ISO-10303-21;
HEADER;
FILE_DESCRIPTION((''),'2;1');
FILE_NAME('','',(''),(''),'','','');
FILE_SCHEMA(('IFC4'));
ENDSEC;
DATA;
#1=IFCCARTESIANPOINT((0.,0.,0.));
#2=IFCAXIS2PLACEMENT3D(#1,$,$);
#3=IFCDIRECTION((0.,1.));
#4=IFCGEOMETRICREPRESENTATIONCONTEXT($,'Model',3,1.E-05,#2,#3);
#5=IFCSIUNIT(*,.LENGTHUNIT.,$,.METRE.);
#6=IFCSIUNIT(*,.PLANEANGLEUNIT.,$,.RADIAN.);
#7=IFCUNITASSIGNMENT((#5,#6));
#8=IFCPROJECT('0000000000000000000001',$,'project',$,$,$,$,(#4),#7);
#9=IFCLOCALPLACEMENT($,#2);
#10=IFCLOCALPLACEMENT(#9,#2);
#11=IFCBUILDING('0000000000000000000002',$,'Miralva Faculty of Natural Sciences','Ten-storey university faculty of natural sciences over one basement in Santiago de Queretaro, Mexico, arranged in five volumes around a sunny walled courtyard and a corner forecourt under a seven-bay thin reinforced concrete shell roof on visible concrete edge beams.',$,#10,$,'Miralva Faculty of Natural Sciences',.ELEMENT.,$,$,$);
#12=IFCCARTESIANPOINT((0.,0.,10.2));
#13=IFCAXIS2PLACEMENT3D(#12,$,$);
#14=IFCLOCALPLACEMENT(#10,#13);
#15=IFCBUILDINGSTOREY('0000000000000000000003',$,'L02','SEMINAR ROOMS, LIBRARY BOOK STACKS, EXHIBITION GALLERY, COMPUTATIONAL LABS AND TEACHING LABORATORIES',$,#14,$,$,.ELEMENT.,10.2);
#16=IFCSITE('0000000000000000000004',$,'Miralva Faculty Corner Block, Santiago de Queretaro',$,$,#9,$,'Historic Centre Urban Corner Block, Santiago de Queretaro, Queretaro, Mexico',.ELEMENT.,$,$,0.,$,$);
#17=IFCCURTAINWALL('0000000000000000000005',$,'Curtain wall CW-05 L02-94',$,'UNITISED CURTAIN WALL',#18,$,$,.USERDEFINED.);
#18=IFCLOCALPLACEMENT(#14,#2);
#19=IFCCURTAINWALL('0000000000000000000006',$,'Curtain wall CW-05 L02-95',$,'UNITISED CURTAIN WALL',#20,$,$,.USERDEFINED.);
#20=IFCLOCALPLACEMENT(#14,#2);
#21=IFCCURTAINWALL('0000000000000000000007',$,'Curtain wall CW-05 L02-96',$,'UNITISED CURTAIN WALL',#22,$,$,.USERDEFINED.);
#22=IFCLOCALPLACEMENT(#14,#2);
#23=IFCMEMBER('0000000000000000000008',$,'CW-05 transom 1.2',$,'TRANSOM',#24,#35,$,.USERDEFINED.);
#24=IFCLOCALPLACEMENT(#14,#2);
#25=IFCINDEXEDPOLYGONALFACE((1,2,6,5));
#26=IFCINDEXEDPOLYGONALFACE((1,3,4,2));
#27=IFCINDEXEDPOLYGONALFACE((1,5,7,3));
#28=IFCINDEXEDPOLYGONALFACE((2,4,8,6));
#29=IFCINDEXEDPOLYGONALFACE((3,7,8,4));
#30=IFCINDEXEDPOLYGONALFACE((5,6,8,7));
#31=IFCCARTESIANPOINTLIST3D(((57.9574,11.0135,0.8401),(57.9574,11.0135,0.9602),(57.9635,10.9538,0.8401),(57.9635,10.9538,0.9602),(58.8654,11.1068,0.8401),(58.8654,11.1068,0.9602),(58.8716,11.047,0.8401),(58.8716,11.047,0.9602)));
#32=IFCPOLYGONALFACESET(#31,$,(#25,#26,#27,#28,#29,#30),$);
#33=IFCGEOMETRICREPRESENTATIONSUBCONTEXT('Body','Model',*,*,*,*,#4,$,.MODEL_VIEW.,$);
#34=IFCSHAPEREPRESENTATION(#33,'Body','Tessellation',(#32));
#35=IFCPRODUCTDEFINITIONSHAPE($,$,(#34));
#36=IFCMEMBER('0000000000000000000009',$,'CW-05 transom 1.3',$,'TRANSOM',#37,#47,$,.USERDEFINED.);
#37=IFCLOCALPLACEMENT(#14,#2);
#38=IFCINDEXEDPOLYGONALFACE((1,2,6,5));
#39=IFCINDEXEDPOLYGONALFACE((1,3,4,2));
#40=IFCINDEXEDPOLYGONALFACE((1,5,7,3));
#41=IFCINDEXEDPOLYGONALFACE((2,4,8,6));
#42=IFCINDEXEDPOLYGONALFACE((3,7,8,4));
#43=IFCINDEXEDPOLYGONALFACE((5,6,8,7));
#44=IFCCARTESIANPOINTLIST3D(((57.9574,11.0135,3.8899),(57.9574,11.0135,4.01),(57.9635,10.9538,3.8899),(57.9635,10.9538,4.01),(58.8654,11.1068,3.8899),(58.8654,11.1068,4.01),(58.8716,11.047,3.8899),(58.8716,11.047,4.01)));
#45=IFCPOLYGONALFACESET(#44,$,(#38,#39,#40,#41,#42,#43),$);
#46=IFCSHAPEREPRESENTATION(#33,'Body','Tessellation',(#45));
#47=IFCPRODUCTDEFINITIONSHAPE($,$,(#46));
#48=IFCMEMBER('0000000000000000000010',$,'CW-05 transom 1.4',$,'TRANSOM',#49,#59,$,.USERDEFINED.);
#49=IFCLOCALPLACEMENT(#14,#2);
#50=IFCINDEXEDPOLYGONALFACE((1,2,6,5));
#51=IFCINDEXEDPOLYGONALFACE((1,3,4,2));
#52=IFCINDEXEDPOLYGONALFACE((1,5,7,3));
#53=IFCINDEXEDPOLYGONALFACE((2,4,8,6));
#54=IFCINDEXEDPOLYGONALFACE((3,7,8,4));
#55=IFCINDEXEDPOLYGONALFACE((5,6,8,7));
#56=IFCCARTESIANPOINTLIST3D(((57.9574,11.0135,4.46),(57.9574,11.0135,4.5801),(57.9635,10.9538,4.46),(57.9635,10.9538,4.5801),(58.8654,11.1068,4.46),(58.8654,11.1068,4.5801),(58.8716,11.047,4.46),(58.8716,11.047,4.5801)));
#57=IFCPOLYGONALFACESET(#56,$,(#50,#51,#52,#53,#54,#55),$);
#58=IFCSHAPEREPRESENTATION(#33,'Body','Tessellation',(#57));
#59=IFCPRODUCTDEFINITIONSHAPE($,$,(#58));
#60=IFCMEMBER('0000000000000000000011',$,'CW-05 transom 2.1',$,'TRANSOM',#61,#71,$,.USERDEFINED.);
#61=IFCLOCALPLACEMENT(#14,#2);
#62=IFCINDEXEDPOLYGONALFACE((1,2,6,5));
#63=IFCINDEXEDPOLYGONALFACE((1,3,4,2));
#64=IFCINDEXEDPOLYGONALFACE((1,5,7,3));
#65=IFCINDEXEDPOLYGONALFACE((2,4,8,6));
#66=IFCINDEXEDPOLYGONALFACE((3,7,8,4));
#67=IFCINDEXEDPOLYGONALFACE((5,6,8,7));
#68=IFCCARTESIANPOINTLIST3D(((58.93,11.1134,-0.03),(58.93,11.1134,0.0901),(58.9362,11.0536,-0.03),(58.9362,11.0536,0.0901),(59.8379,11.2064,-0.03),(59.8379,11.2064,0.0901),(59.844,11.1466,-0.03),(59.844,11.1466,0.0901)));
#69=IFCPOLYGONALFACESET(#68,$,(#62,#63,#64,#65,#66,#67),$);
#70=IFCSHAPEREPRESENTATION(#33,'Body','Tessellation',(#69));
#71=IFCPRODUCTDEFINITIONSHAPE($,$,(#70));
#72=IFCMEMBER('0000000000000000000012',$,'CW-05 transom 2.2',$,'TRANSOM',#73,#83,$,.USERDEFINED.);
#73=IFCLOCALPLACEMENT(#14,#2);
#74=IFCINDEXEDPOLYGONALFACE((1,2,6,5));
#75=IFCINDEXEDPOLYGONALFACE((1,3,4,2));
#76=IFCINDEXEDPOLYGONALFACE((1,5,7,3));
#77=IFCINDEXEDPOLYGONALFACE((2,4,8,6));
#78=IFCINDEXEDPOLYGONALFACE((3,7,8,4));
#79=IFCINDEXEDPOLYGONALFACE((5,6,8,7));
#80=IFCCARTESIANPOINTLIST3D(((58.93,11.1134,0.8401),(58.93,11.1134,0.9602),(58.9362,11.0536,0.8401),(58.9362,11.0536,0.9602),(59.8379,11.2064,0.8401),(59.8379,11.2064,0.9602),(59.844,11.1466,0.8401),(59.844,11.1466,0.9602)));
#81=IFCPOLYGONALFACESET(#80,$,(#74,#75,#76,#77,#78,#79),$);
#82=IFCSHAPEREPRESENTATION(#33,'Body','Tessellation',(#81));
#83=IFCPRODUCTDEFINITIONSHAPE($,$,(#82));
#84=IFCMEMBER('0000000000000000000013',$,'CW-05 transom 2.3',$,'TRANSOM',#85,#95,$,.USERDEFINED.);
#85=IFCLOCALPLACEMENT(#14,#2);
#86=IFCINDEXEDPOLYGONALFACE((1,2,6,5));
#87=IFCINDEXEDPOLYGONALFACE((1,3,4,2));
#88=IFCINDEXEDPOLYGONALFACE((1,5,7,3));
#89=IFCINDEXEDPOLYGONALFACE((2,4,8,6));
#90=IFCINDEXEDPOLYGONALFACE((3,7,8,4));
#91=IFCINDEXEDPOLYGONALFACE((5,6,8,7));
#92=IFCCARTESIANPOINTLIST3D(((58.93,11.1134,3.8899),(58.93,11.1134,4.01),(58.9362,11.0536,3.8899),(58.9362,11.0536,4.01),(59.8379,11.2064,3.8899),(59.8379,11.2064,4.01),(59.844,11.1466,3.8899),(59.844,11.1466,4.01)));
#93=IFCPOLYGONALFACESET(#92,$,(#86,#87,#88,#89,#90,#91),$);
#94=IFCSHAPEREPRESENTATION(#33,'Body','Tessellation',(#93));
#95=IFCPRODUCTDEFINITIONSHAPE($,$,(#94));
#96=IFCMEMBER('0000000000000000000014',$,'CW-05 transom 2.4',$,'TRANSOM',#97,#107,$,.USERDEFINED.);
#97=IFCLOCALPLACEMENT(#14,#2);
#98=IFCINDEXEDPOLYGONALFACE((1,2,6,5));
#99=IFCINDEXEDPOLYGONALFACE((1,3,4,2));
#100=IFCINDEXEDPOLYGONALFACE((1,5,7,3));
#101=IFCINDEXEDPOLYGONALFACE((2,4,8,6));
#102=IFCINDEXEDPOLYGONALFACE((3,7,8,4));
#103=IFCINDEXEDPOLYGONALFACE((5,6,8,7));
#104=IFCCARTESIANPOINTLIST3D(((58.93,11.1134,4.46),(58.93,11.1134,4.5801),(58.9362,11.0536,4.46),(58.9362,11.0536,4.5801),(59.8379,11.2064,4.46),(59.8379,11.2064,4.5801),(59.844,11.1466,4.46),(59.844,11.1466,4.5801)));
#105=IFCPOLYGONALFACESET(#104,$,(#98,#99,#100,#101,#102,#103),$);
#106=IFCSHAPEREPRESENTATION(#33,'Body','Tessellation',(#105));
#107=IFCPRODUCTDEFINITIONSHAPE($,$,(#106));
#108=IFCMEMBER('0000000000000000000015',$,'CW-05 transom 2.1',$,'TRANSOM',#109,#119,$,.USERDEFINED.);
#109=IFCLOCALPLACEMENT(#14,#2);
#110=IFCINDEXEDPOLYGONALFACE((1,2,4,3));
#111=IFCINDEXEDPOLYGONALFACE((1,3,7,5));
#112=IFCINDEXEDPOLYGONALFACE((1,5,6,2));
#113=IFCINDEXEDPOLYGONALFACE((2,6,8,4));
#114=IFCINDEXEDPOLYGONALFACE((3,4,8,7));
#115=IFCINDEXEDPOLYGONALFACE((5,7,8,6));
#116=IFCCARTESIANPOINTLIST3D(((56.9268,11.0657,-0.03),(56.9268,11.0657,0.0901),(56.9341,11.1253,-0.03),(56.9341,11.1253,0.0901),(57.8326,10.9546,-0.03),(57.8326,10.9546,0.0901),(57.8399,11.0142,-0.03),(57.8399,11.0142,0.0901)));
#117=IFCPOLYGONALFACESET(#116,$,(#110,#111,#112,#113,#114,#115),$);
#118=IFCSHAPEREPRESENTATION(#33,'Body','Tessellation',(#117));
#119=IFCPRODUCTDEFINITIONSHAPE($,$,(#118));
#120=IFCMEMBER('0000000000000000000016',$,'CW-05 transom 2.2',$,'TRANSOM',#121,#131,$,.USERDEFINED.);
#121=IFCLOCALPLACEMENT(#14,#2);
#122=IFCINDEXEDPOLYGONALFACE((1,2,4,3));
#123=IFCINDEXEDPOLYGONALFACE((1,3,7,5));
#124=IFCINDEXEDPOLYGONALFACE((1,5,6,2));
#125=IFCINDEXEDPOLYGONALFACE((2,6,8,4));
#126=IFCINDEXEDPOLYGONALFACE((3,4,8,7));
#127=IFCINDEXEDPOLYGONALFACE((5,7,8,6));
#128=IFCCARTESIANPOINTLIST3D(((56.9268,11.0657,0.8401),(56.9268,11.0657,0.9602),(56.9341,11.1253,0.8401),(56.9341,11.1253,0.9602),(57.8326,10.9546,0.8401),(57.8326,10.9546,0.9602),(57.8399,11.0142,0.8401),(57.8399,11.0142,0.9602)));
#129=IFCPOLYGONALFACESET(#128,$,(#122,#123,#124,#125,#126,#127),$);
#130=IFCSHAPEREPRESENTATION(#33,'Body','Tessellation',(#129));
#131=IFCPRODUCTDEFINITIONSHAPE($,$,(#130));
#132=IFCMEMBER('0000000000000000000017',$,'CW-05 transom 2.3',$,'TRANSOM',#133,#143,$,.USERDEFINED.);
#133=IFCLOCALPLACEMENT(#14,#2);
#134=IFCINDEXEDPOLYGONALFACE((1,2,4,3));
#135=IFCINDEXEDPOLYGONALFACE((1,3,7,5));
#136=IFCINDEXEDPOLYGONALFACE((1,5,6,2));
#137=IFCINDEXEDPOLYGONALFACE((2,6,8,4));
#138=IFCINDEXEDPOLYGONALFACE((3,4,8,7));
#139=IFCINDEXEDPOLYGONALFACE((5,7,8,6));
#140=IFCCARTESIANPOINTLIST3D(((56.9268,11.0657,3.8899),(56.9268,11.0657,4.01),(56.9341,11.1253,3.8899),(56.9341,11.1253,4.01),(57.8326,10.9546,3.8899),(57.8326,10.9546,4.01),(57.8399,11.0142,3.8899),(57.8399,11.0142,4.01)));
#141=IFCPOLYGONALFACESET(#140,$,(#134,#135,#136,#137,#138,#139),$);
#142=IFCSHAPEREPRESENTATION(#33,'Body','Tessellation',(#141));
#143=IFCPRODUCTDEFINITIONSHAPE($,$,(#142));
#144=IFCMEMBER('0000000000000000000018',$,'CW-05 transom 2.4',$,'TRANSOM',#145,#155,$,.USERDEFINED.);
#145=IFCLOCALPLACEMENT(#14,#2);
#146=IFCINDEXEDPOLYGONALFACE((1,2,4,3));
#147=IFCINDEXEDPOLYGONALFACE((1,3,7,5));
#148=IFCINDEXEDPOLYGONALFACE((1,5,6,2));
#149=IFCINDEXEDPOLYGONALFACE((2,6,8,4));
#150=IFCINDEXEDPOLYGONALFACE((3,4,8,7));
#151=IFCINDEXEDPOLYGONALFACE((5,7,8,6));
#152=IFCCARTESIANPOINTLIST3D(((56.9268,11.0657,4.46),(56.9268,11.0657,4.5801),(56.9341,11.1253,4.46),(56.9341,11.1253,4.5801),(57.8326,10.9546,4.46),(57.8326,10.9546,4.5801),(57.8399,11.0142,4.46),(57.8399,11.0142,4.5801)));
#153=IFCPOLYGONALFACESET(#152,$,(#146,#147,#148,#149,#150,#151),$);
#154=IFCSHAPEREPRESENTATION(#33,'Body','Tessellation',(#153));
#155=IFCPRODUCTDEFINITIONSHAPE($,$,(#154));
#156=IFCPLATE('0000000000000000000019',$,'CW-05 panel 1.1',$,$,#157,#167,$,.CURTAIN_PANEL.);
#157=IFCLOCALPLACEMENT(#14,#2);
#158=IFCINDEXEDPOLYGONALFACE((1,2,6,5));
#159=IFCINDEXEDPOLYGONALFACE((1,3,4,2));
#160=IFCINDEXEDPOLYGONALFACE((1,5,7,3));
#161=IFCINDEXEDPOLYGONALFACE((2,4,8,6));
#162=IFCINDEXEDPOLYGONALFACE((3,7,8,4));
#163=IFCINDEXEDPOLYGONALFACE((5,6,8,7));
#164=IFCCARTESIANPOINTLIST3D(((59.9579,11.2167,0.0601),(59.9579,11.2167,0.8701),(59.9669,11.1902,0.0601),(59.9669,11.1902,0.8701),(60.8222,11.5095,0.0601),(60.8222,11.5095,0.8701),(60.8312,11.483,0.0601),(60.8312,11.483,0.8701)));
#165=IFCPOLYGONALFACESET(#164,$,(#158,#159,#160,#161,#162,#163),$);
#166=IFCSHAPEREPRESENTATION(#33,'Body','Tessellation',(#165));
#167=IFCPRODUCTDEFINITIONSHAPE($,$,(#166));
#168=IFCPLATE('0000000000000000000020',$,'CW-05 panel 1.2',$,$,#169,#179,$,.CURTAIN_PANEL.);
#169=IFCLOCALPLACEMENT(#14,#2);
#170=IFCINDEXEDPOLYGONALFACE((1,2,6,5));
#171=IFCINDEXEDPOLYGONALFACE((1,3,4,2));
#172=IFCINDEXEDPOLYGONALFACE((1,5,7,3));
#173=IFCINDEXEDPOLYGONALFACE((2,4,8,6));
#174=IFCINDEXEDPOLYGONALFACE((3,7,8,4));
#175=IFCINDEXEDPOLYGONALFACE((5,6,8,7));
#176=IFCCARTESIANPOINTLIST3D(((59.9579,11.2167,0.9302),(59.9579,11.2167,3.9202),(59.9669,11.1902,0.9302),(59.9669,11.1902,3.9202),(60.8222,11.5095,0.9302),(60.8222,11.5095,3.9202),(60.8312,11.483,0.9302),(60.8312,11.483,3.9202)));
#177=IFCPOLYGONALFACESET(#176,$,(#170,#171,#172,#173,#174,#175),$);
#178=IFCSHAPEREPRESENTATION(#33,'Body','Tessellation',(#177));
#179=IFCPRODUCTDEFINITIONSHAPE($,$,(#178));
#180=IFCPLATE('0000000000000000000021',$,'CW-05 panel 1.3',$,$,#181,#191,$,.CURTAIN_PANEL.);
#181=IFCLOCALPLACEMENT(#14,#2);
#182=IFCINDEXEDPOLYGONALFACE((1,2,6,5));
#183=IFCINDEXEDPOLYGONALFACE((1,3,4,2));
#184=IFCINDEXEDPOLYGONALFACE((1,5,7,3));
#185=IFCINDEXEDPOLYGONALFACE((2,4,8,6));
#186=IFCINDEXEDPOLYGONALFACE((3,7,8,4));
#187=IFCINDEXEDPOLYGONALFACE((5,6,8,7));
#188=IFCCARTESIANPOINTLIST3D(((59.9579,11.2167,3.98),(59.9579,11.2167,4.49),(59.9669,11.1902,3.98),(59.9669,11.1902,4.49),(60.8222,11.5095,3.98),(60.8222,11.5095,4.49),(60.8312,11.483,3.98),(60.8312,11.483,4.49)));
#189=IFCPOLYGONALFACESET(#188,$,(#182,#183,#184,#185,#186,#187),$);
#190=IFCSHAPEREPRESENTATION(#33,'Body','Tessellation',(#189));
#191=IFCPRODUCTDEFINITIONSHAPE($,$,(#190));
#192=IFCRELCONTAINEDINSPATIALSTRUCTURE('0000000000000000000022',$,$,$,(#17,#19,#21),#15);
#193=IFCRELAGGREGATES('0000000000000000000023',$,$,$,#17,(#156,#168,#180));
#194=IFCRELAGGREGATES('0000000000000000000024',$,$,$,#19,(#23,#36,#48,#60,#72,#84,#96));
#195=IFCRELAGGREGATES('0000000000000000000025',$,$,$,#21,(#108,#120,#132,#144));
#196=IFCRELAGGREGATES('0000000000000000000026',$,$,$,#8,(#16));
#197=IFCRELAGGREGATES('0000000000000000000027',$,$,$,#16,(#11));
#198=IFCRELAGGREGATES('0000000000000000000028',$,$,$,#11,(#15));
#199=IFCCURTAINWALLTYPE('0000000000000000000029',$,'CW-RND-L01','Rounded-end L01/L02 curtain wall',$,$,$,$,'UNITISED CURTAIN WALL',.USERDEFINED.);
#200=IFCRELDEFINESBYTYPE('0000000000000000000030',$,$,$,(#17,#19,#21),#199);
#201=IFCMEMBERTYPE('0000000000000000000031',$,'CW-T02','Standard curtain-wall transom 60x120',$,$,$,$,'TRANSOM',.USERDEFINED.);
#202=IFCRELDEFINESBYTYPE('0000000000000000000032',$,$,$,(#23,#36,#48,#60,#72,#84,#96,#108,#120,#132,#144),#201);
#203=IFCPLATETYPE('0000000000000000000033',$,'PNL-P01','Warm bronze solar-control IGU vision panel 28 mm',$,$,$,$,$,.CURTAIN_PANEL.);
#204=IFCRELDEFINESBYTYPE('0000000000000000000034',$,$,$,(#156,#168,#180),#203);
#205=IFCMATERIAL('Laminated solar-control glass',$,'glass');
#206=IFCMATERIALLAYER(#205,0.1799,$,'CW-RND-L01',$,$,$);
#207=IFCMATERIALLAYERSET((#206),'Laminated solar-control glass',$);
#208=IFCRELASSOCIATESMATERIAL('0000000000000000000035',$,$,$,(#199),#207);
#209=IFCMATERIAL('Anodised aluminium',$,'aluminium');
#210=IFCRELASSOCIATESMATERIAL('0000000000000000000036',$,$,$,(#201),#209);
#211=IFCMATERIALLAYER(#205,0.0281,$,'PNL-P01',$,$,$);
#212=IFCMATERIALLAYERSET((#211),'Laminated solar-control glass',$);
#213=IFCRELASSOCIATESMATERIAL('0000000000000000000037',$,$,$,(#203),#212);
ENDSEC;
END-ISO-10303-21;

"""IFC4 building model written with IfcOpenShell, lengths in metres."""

from ifc_helpers import new_model, si_unit, direction, frame, origin, origin_2d, place, context, subcontext, project, spatial, rectangle, extrude, material, layer, layer_set, material_profile, profile_set, type_object, element, aggregate, save


model = new_model("IFC4")

# Units and contexts
model_context = context("Model", 3, precision=1e-05, world=origin(), true_north=direction((0.0, 1.0)))
body_context = subcontext(model_context, "Body", "Model", "MODEL_VIEW")
ifc_project = project(units=[si_unit("LENGTHUNIT", "METRE"), si_unit("PLANEANGLEUNIT", "RADIAN")], contexts=[model_context])

# Site, building, storey
site_placement = place(None, origin())
site = spatial("IfcSite", under=ifc_project, at=site_placement, Name="Miralva Faculty Corner Block, Santiago de Queretaro", LongName="Historic Centre Urban Corner Block, Santiago de Queretaro, Queretaro, Mexico", CompositionType="ELEMENT", RefElevation=0.0)
building_placement = place(site_placement, origin())
building = spatial("IfcBuilding", under=site, at=building_placement, Name="Miralva Faculty of Natural Sciences", Description="Ten-storey university faculty of natural sciences over one basement in Santiago de Queretaro, Mexico, arranged in five volumes around a sunny walled courtyard and a corner forecourt under a seven-bay thin reinforced concrete shell roof on visible concrete edge beams.", LongName="Miralva Faculty of Natural Sciences", CompositionType="ELEMENT")
storey_placement = place(building_placement, frame((0.0, 0.0, 10.2)))
storey = spatial("IfcBuildingStorey", under=building, at=storey_placement, Name="L02", Description="SEMINAR ROOMS, LIBRARY BOOK STACKS, EXHIBITION GALLERY, COMPUTATIONAL LABS AND TEACHING LABORATORIES", CompositionType="ELEMENT", Elevation=10.2)

# Curtain walls
ifc_material_1 = material(Name="Laminated solar-control glass", Category="glass")
ifc_layer_1 = layer(ifc_material_1, 0.1799, Name="CW-RND-L01")
ifc_layer_set_1 = layer_set([ifc_layer_1], Name="Laminated solar-control glass")
curtain_wall_type = type_object("IfcCurtainWallType", Name="CW-RND-L01", Description="Rounded-end L01/L02 curtain wall", ElementType="UNITISED CURTAIN WALL", PredefinedType="USERDEFINED", material=ifc_layer_set_1)
curtain_wall_1_placement = place(storey_placement, origin())
curtain_wall_1 = element("IfcCurtainWall", 1, at=curtain_wall_1_placement, inside=storey, type_object=curtain_wall_type, Name="Curtain wall CW-05 L02-94", ObjectType="UNITISED CURTAIN WALL", PredefinedType="USERDEFINED")
ifc_material_2 = material(Name="Anodised aluminium", Category="aluminium")
curtain_wall_2_placement = place(storey_placement, origin())
curtain_wall_2 = element("IfcCurtainWall", 2, at=curtain_wall_2_placement, inside=storey, type_object=curtain_wall_type, Name="Curtain wall CW-05 L02-95", ObjectType="UNITISED CURTAIN WALL", PredefinedType="USERDEFINED")

# Curtain wall
curtain_wall_3_placement = place(storey_placement, origin())
curtain_wall_3 = element("IfcCurtainWall", 3, at=curtain_wall_3_placement, inside=storey, type_object=curtain_wall_type, Name="Curtain wall CW-05 L02-96", ObjectType="UNITISED CURTAIN WALL", PredefinedType="USERDEFINED")

# Members
ifc_material_profile_1 = material_profile(ifc_material_2, rectangle(XDim=0.0601, YDim=0.1201, at=origin_2d()), Name="TRANSOM 60x120")
ifc_profile_set_1 = profile_set([ifc_material_profile_1], Name="Anodised aluminium")
member_type_1 = type_object("IfcMemberType", Name="CW-T02", Description="Standard curtain-wall transom 60x120", ElementType="TRANSOM", PredefinedType="USERDEFINED", material=ifc_profile_set_1)
member_1_placement = place(storey_placement, frame((57.9604, 10.9836, 0.9001), z_axis=(0.994766, 0.102178, 0.0), x_axis=(-0.102178, 0.994766, 0.0)))
member_1 = element("IfcMember", 4, at=member_1_placement, type_object=member_type_1, Name="CW-05 transom 1.2", ObjectType="TRANSOM", PredefinedType="USERDEFINED", context=body_context, shape_type="SweptSolid", body=[
    extrude(rectangle(XDim=0.0601, YDim=0.1201, at=origin_2d()), origin(), (0.0, 0.0, 1.0), 0.9128),
])
member_2_placement = place(storey_placement, frame((57.9604, 10.9836, 3.95), z_axis=(0.994766, 0.102178, 0.0), x_axis=(-0.102178, 0.994766, 0.0)))
member_2 = element("IfcMember", 5, at=member_2_placement, type_object=member_type_1, Name="CW-05 transom 1.3", ObjectType="TRANSOM", PredefinedType="USERDEFINED", context=body_context, shape_type="SweptSolid", body=[
    extrude(rectangle(XDim=0.0601, YDim=0.1201, at=origin_2d()), origin(), (0.0, 0.0, 1.0), 0.9128),
])
member_3_placement = place(storey_placement, frame((57.9604, 10.9836, 4.52), z_axis=(0.994766, 0.102178, 0.0), x_axis=(-0.102178, 0.994766, 0.0)))
member_3 = element("IfcMember", 6, at=member_3_placement, type_object=member_type_1, Name="CW-05 transom 1.4", ObjectType="TRANSOM", PredefinedType="USERDEFINED", context=body_context, shape_type="SweptSolid", body=[
    extrude(rectangle(XDim=0.0601, YDim=0.1201, at=origin_2d()), origin(), (0.0, 0.0, 1.0), 0.9128),
])
member_4_placement = place(storey_placement, frame((58.9331, 11.0835, 0.03), z_axis=(0.994793, 0.101913, 0.0), x_axis=(-0.101913, 0.994793, 0.0)))
member_4 = element("IfcMember", 7, at=member_4_placement, type_object=member_type_1, Name="CW-05 transom 2.1", ObjectType="TRANSOM", PredefinedType="USERDEFINED", context=body_context, shape_type="SweptSolid", body=[
    extrude(rectangle(XDim=0.0601, YDim=0.1201, at=origin_2d()), origin(), (0.0, 0.0, 1.0), 0.9126),
])
member_5_placement = place(storey_placement, frame((58.9331, 11.0835, 0.9001), z_axis=(0.994793, 0.101913, 0.0), x_axis=(-0.101913, 0.994793, 0.0)))
member_5 = element("IfcMember", 8, at=member_5_placement, type_object=member_type_1, Name="CW-05 transom 2.2", ObjectType="TRANSOM", PredefinedType="USERDEFINED", context=body_context, shape_type="SweptSolid", body=[
    extrude(rectangle(XDim=0.0601, YDim=0.1201, at=origin_2d()), origin(), (0.0, 0.0, 1.0), 0.9126),
])
member_6_placement = place(storey_placement, frame((58.9331, 11.0835, 3.95), z_axis=(0.994793, 0.101913, 0.0), x_axis=(-0.101913, 0.994793, 0.0)))
member_6 = element("IfcMember", 9, at=member_6_placement, type_object=member_type_1, Name="CW-05 transom 2.3", ObjectType="TRANSOM", PredefinedType="USERDEFINED", context=body_context, shape_type="SweptSolid", body=[
    extrude(rectangle(XDim=0.0601, YDim=0.1201, at=origin_2d()), origin(), (0.0, 0.0, 1.0), 0.9126),
])
member_7_placement = place(storey_placement, frame((58.9331, 11.0835, 4.52), z_axis=(0.994793, 0.101913, 0.0), x_axis=(-0.101913, 0.994793, 0.0)))
member_7 = element("IfcMember", 10, at=member_7_placement, type_object=member_type_1, Name="CW-05 transom 2.4", ObjectType="TRANSOM", PredefinedType="USERDEFINED", context=body_context, shape_type="SweptSolid", body=[
    extrude(rectangle(XDim=0.0601, YDim=0.1201, at=origin_2d()), origin(), (0.0, 0.0, 1.0), 0.9126),
])
member_8_placement = place(storey_placement, frame((56.9304, 11.0955, 0.03), z_axis=(0.992563, -0.121729, 0.0), x_axis=(0.121729, 0.992563, 0.0)))
member_8 = element("IfcMember", 11, at=member_8_placement, type_object=member_type_1, Name="CW-05 transom 2.1", ObjectType="TRANSOM", PredefinedType="USERDEFINED", context=body_context, shape_type="SweptSolid", body=[
    extrude(rectangle(XDim=0.0601, YDim=0.1201, at=origin_2d()), origin(), (0.0, 0.0, 1.0), 0.9126),
])
member_9_placement = place(storey_placement, frame((56.9304, 11.0955, 0.9001), z_axis=(0.992563, -0.121729, 0.0), x_axis=(0.121729, 0.992563, 0.0)))
member_9 = element("IfcMember", 12, at=member_9_placement, type_object=member_type_1, Name="CW-05 transom 2.2", ObjectType="TRANSOM", PredefinedType="USERDEFINED", context=body_context, shape_type="SweptSolid", body=[
    extrude(rectangle(XDim=0.0601, YDim=0.1201, at=origin_2d()), origin(), (0.0, 0.0, 1.0), 0.9126),
])
member_10_placement = place(storey_placement, frame((56.9304, 11.0955, 3.95), z_axis=(0.992563, -0.121729, 0.0), x_axis=(0.121729, 0.992563, 0.0)))
member_10 = element("IfcMember", 13, at=member_10_placement, type_object=member_type_1, Name="CW-05 transom 2.3", ObjectType="TRANSOM", PredefinedType="USERDEFINED", context=body_context, shape_type="SweptSolid", body=[
    extrude(rectangle(XDim=0.0601, YDim=0.1201, at=origin_2d()), origin(), (0.0, 0.0, 1.0), 0.9126),
])
member_11_placement = place(storey_placement, frame((56.9304, 11.0955, 4.52), z_axis=(0.992563, -0.121729, 0.0), x_axis=(0.121729, 0.992563, 0.0)))
member_11 = element("IfcMember", 14, at=member_11_placement, type_object=member_type_1, Name="CW-05 transom 2.4", ObjectType="TRANSOM", PredefinedType="USERDEFINED", context=body_context, shape_type="SweptSolid", body=[
    extrude(rectangle(XDim=0.0601, YDim=0.1201, at=origin_2d()), origin(), (0.0, 0.0, 1.0), 0.9126),
])

# Plates
ifc_layer_2 = layer(ifc_material_1, 0.0281, Name="PNL-P01")
ifc_layer_set_2 = layer_set([ifc_layer_2], Name="Laminated solar-control glass")
plate_type = type_object("IfcPlateType", Name="PNL-P01", Description="Warm bronze solar-control IGU vision panel 28 mm", PredefinedType="CURTAIN_PANEL", material=ifc_layer_set_2)
plate_1_placement = place(storey_placement, frame((60.3945, 11.3499, 0.0601), z_axis=(0.0, 0.0, 1.0), x_axis=(0.947133, 0.320842, 0.0)))
plate_1 = element("IfcPlate", 15, at=plate_1_placement, type_object=plate_type, Name="CW-05 panel 1.1", PredefinedType="CURTAIN_PANEL", context=body_context, shape_type="SweptSolid", body=[
    extrude(rectangle(XDim=0.9126, YDim=0.0281, at=origin_2d()), origin(), (0.0, 0.0, 1.0), 0.8101),
])
plate_2_placement = place(storey_placement, frame((60.3945, 11.3499, 0.9302), z_axis=(0.0, 0.0, 1.0), x_axis=(0.947133, 0.320842, 0.0)))
plate_2 = element("IfcPlate", 16, at=plate_2_placement, type_object=plate_type, Name="CW-05 panel 1.2", PredefinedType="CURTAIN_PANEL", context=body_context, shape_type="SweptSolid", body=[
    extrude(rectangle(XDim=0.9126, YDim=0.0281, at=origin_2d()), origin(), (0.0, 0.0, 1.0), 2.99),
])
plate_3_placement = place(storey_placement, frame((60.3945, 11.3499, 3.98), z_axis=(0.0, 0.0, 1.0), x_axis=(0.947133, 0.320842, 0.0)))
plate_3 = element("IfcPlate", 17, at=plate_3_placement, type_object=plate_type, Name="CW-05 panel 1.3", PredefinedType="CURTAIN_PANEL", context=body_context, shape_type="SweptSolid", body=[
    extrude(rectangle(XDim=0.9126, YDim=0.0281, at=origin_2d()), origin(), (0.0, 0.0, 1.0), 0.51),
])
aggregate(curtain_wall_1, [plate_1, plate_2, plate_3])
aggregate(curtain_wall_2, [member_1, member_2, member_3, member_4, member_5, member_6, member_7])
aggregate(curtain_wall_3, [member_8, member_9, member_10, member_11])

save(model, "model.ifc")
